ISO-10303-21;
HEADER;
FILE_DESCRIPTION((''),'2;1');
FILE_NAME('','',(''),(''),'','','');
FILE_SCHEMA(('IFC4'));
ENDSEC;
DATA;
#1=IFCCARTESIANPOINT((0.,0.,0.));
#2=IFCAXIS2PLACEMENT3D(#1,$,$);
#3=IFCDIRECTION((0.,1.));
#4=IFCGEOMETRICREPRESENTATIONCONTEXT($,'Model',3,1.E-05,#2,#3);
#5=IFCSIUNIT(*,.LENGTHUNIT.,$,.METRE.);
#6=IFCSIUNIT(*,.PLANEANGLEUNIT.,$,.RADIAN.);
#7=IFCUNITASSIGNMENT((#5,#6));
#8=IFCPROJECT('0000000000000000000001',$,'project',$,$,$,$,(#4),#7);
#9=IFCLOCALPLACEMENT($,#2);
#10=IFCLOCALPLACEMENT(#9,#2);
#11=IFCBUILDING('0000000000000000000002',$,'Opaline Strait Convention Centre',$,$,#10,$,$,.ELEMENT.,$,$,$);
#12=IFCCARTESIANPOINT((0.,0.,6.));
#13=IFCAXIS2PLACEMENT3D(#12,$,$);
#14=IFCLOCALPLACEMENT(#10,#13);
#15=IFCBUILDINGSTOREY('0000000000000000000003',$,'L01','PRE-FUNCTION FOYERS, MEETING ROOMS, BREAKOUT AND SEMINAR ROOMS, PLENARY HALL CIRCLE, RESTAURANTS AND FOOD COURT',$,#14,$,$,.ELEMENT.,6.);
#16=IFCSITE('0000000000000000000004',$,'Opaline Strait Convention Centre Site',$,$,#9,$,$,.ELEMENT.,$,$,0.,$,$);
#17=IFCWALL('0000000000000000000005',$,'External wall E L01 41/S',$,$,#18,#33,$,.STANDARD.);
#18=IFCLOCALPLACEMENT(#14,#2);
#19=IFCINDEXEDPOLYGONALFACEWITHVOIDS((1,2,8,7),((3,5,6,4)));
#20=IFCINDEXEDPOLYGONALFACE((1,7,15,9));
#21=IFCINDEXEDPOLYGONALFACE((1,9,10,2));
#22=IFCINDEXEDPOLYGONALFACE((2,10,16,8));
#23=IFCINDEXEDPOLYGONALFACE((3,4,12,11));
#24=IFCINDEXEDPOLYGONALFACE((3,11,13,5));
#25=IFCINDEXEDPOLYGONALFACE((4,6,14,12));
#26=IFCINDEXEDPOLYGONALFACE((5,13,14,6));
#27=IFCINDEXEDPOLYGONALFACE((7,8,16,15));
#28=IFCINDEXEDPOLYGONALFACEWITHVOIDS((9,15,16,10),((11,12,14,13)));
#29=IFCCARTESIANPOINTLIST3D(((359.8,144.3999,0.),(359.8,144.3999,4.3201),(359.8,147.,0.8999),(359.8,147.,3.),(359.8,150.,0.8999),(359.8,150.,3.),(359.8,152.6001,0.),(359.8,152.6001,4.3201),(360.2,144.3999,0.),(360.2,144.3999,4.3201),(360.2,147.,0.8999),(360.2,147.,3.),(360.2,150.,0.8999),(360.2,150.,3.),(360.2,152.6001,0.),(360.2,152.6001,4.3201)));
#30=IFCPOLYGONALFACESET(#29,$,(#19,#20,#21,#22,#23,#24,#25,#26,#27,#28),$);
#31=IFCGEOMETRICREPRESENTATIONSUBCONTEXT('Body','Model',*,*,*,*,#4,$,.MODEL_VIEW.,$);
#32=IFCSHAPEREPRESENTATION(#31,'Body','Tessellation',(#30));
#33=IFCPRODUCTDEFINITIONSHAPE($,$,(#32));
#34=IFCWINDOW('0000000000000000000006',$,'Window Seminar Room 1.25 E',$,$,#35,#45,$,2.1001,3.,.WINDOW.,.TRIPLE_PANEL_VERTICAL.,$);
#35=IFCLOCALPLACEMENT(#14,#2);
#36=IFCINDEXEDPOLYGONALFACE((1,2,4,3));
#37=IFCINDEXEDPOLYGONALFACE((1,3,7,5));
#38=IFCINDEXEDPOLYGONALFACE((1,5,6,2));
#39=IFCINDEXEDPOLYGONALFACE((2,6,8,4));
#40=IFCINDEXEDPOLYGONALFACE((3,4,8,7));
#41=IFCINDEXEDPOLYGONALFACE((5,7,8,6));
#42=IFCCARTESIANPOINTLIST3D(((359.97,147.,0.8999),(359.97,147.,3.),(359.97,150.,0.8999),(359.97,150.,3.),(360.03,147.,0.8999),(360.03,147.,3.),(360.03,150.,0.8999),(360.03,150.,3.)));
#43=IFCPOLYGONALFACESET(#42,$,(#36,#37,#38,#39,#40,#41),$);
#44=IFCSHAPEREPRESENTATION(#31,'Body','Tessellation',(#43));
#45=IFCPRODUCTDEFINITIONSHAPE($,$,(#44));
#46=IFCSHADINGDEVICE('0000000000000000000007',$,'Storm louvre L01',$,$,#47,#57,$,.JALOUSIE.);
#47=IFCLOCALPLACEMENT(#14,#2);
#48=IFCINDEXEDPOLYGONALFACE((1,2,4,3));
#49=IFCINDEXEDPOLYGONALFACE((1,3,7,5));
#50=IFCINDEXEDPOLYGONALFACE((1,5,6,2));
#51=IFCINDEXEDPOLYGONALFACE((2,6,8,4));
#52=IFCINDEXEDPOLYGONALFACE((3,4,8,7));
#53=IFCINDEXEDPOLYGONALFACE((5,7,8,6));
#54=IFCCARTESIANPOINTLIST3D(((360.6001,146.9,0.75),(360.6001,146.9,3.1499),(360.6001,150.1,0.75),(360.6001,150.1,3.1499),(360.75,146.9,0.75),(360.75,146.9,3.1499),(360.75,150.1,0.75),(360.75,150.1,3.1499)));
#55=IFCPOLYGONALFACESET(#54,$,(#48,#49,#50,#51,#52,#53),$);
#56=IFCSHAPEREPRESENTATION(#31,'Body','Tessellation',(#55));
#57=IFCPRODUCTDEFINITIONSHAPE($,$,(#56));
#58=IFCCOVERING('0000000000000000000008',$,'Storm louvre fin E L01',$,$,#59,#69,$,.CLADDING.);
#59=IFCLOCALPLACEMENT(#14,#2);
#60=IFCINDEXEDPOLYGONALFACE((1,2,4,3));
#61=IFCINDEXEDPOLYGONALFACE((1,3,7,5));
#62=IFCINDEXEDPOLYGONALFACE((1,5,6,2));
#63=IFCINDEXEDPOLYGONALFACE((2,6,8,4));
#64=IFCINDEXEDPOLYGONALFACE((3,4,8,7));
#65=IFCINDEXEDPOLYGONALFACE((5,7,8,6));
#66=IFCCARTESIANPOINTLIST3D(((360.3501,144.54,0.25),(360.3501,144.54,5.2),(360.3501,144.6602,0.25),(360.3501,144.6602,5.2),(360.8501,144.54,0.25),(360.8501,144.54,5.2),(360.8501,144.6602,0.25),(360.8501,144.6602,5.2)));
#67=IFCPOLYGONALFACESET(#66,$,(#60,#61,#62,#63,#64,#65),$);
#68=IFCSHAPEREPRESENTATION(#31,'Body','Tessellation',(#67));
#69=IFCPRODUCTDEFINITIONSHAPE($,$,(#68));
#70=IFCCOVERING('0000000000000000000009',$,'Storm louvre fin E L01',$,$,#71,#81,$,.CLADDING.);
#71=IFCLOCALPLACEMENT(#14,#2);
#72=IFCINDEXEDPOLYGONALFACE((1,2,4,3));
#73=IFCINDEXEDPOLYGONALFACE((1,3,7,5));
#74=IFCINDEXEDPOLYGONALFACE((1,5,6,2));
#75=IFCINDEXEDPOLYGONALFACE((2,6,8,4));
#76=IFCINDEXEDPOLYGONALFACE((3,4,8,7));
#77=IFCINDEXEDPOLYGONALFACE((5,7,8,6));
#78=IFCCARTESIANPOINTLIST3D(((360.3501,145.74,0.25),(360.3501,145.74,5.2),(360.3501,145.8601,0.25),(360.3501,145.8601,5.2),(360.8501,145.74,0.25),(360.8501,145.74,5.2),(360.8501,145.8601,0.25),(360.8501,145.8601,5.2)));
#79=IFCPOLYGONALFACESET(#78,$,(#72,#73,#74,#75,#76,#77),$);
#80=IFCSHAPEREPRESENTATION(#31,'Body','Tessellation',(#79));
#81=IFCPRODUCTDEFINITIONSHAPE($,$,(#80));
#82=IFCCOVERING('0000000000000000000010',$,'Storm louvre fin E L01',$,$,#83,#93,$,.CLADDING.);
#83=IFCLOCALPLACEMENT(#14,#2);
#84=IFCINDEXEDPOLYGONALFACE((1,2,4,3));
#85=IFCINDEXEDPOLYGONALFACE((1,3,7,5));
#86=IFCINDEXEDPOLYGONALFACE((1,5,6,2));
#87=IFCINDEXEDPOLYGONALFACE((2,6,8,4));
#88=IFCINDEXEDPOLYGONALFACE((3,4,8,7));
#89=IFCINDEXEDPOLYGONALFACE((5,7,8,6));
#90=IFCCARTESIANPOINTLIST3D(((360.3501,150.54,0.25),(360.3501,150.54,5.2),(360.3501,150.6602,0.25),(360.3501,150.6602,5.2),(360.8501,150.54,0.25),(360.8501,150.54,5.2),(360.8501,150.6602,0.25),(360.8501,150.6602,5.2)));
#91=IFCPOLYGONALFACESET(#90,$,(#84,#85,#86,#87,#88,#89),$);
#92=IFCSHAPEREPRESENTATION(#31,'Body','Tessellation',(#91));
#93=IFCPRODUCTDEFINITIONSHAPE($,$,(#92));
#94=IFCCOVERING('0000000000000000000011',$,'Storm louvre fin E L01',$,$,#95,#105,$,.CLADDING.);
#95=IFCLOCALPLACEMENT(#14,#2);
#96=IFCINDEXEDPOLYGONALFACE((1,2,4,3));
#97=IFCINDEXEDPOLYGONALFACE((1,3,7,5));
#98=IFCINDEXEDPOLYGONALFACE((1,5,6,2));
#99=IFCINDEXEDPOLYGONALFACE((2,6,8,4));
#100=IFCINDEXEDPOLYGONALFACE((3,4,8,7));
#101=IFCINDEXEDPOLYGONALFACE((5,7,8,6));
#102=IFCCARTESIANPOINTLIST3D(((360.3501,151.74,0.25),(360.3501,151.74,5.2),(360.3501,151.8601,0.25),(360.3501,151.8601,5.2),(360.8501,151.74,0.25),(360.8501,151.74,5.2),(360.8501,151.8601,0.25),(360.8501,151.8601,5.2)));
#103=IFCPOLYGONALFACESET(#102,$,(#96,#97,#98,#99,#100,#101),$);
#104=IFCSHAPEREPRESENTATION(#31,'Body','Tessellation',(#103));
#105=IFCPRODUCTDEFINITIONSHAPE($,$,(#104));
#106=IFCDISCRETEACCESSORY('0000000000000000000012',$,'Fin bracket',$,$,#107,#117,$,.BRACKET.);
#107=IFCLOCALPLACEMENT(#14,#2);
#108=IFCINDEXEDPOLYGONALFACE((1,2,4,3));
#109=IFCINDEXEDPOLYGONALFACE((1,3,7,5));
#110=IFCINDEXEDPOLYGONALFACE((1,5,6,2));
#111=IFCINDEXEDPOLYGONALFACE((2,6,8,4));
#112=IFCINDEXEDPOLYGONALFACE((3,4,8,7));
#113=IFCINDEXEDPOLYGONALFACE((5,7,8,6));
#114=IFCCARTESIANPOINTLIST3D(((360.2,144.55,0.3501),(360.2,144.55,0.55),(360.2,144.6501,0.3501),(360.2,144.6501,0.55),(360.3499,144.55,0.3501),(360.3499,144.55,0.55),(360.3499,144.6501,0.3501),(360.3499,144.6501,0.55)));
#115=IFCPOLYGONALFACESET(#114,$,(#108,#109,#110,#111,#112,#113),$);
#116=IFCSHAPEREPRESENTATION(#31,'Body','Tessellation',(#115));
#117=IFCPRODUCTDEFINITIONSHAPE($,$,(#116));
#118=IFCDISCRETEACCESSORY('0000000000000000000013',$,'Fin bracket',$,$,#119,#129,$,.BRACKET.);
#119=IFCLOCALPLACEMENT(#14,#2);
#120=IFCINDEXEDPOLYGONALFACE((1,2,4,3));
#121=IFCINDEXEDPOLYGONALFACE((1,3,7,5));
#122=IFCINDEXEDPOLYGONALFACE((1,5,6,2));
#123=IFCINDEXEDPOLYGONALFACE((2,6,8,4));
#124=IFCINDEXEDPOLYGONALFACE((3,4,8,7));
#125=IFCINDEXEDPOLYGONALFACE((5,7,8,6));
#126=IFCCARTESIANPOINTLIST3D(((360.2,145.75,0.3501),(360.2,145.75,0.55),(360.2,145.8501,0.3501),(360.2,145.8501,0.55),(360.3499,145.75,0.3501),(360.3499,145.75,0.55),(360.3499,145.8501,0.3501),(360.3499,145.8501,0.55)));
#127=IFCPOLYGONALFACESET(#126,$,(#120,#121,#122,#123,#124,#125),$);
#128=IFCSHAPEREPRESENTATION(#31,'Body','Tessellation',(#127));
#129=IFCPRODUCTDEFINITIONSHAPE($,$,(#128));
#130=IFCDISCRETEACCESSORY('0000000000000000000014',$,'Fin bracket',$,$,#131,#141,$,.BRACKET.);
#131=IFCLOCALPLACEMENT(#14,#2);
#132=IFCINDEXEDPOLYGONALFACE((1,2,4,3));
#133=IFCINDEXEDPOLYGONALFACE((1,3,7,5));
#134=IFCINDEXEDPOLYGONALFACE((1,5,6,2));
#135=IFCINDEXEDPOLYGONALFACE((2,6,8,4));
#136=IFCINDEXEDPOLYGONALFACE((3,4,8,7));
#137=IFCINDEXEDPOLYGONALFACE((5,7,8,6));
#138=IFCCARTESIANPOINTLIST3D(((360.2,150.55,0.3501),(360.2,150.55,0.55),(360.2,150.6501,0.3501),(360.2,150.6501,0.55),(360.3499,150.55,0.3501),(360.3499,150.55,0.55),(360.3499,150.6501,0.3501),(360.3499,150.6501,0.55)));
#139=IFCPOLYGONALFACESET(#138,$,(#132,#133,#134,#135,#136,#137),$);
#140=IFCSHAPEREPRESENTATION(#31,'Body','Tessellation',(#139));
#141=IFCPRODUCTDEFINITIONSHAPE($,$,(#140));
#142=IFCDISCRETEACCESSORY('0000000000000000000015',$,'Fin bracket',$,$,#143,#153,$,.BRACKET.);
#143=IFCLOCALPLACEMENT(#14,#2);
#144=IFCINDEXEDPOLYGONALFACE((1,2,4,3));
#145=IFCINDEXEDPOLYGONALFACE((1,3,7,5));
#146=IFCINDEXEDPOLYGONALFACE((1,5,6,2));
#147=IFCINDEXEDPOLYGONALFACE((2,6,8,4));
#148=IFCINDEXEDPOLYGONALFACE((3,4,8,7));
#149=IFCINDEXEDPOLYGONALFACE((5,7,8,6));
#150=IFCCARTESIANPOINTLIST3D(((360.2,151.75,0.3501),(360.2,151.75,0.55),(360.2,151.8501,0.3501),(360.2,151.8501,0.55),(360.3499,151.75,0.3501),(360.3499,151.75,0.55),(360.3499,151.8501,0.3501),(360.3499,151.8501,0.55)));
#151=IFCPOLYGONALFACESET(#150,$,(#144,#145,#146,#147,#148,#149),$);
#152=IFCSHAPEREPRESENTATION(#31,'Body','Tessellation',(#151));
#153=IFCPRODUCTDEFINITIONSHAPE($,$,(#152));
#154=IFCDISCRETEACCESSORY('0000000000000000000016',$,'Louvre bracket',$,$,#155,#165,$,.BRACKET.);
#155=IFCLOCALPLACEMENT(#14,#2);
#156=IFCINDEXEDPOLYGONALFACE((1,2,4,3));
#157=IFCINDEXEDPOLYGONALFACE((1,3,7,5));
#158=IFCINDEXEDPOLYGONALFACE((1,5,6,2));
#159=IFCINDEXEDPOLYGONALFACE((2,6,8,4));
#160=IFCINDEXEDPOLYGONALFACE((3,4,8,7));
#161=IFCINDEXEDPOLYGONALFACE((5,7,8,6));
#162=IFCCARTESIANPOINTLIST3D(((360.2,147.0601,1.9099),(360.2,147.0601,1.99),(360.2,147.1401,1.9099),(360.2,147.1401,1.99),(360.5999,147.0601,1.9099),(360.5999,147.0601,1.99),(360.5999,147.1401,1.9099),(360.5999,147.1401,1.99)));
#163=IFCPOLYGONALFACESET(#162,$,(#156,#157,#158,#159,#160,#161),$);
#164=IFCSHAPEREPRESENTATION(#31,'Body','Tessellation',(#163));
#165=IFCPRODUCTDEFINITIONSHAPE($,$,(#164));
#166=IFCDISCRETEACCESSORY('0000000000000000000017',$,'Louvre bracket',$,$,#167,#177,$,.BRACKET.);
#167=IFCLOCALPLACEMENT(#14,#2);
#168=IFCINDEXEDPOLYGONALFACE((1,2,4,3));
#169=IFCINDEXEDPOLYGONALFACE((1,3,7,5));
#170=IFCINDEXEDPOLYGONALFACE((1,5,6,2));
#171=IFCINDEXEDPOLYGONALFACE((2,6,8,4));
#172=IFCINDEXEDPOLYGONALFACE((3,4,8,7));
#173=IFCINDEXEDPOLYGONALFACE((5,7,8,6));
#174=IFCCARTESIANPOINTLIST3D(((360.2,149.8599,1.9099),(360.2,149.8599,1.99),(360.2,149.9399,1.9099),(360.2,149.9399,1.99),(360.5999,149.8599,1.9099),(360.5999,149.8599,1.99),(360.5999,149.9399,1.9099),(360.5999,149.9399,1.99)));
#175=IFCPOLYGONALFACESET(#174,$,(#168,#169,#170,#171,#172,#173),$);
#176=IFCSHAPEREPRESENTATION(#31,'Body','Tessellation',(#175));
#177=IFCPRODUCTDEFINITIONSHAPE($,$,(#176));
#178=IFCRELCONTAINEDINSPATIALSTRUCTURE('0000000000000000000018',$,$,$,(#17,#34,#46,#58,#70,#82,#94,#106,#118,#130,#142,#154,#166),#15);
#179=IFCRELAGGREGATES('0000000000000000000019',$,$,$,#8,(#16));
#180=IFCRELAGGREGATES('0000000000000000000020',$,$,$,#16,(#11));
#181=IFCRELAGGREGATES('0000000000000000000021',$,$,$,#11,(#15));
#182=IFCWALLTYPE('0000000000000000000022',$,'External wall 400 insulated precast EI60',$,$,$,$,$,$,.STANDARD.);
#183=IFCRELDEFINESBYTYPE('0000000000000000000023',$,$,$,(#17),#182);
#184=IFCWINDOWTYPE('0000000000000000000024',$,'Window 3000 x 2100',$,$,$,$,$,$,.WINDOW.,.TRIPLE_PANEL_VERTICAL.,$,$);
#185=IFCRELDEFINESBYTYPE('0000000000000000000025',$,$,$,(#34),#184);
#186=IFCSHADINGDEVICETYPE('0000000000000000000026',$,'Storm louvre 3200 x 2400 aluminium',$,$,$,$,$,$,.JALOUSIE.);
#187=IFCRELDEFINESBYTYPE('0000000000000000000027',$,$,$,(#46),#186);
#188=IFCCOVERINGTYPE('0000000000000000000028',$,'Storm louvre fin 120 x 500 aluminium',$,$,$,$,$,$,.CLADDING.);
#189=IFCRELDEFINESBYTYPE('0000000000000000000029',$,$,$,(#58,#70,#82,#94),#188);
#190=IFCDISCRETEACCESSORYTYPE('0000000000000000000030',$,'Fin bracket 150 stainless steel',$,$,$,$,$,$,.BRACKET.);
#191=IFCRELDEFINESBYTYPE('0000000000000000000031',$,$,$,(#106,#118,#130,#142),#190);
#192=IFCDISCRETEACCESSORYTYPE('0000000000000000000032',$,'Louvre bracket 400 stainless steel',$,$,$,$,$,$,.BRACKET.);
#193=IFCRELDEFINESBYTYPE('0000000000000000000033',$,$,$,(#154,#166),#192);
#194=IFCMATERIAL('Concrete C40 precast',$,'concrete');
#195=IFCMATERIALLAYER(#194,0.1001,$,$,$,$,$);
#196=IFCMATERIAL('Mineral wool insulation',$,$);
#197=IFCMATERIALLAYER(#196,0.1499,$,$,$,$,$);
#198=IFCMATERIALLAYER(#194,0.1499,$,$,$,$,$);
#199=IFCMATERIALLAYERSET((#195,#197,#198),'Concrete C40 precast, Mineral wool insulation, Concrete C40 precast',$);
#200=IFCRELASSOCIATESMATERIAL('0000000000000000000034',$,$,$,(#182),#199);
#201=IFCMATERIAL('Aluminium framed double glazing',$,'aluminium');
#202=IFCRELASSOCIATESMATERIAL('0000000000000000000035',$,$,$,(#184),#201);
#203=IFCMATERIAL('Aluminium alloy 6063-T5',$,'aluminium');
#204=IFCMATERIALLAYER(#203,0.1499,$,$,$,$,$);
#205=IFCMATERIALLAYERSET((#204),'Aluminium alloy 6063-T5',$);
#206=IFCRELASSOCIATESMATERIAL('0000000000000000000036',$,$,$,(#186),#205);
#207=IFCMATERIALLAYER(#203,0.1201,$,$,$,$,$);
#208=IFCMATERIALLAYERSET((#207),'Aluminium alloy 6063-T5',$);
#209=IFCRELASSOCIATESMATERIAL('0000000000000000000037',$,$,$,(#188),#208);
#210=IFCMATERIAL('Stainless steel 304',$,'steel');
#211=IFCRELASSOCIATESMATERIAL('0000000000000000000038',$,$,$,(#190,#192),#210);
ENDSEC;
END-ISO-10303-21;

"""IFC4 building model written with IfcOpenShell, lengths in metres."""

from ifc_helpers import new_model, si_unit, direction, frame, frame_2d, origin, origin_2d, place, context, subcontext, project, spatial, rectangle, extrude, material, layer, layer_set, type_object, element, fill, save


model = new_model("IFC4")

# Units and contexts
model_context = context("Model", 3, precision=1e-05, world=origin(), true_north=direction((0.0, 1.0)))
body_context = subcontext(model_context, "Body", "Model", "MODEL_VIEW")
ifc_project = project(units=[si_unit("LENGTHUNIT", "METRE"), si_unit("PLANEANGLEUNIT", "RADIAN")], contexts=[model_context])

# Site, building, storey
site_placement = place(None, origin())
site = spatial("IfcSite", under=ifc_project, at=site_placement, Name="Opaline Strait Convention Centre Site", CompositionType="ELEMENT", RefElevation=0.0)
building_placement = place(site_placement, origin())
building = spatial("IfcBuilding", under=site, at=building_placement, Name="Opaline Strait Convention Centre", CompositionType="ELEMENT")
storey_placement = place(building_placement, frame((0.0, 0.0, 6.0)))
storey = spatial("IfcBuildingStorey", under=building, at=storey_placement, Name="L01", Description="PRE-FUNCTION FOYERS, MEETING ROOMS, BREAKOUT AND SEMINAR ROOMS, PLENARY HALL CIRCLE, RESTAURANTS AND FOOD COURT", CompositionType="ELEMENT", Elevation=6.0)

# Wall, opening, window
ifc_material_1 = material(Name="Concrete C40 precast", Category="concrete")
ifc_layer_1 = layer(ifc_material_1, 0.1001)
ifc_material_2 = material(Name="Mineral wool insulation")
ifc_layer_2 = layer(ifc_material_2, 0.1499)
ifc_layer_3 = layer(ifc_material_1, 0.1499)
ifc_layer_set_1 = layer_set([ifc_layer_1, ifc_layer_2, ifc_layer_3], Name="Concrete C40 precast, Mineral wool insulation, Concrete C40 precast")
wall_type_1 = type_object("IfcWallType", Name="External wall 400 insulated precast EI60", PredefinedType="STANDARD", material=ifc_layer_set_1)
wall_1_placement = place(storey_placement, frame((360.0, 144.3999, 0.0), z_axis=(0.0, 0.0, 1.0), x_axis=(0.0, 1.0, 0.0)))
wall_1 = element("IfcWall", 1, at=wall_1_placement, inside=storey, type_object=wall_type_1, Name="External wall E L01 41/S", PredefinedType="STANDARD", context=body_context, shape_type="SweptSolid", body=[
    extrude(rectangle(XDim=8.2002, YDim=0.3999, at=frame_2d((4.1001, 0.0))), origin(), (0.0, 0.0, 1.0), 4.3201),
])
opening_1_placement = place(wall_1_placement, frame((2.6001, 0.0, 0.8999)))
opening_1 = element("IfcOpeningElement", 2, at=opening_1_placement, cuts=wall_1, PredefinedType="OPENING", context=body_context, shape_type="SweptSolid", body=[
    extrude(rectangle(XDim=3.0, YDim=2.1001, at=frame_2d((1.5, 1.05))), frame((0.0, 0.21, 0.0), z_axis=(0.0, -1.0, 0.0), x_axis=(1.0, 0.0, 0.0)), (0.0, 0.0, 1.0), 0.4199),
])
ifc_material_3 = material(Name="Aluminium framed double glazing", Category="aluminium")
window_type = type_object("IfcWindowType", Name="Window 3000 x 2100", PartitioningType="TRIPLE_PANEL_VERTICAL", PredefinedType="WINDOW", material=ifc_material_3)
window_placement = place(opening_1_placement, origin())
window = element("IfcWindow", 3, at=window_placement, inside=storey, type_object=window_type, Name="Window Seminar Room 1.25 E", OverallHeight=2.1001, OverallWidth=3.0, PartitioningType="TRIPLE_PANEL_VERTICAL", PredefinedType="WINDOW", context=body_context, shape_type="SweptSolid", body=[
    extrude(rectangle(XDim=3.0, YDim=2.1001, at=frame_2d((1.5, 1.05))), frame((0.0, 0.03, 0.0), z_axis=(0.0, -1.0, 0.0), x_axis=(1.0, 0.0, 0.0)), (0.0, 0.0, 1.0), 0.0601),
])
fill(opening_1, window)

# Shading device
ifc_material_4 = material(Name="Aluminium alloy 6063-T5", Category="aluminium")
ifc_layer_4 = layer(ifc_material_4, 0.1499)
ifc_layer_set_2 = layer_set([ifc_layer_4], Name="Aluminium alloy 6063-T5")
shading_device_type = type_object("IfcShadingDeviceType", Name="Storm louvre 3200 x 2400 aluminium", PredefinedType="JALOUSIE", material=ifc_layer_set_2)
shading_device_placement = place(storey_placement, frame((360.675, 148.5, 0.75), z_axis=(0.0, 0.0, 1.0), x_axis=(1.0, 0.0, 0.0)))
element("IfcShadingDevice", 4, at=shading_device_placement, inside=storey, type_object=shading_device_type, Name="Storm louvre L01", PredefinedType="JALOUSIE", context=body_context, shape_type="SweptSolid", body=[
    extrude(rectangle(XDim=0.1499, YDim=3.2, at=origin_2d()), origin(), (0.0, 0.0, 1.0), 2.3999),
])

# Coverings
ifc_layer_5 = layer(ifc_material_4, 0.1201)
ifc_layer_set_3 = layer_set([ifc_layer_5], Name="Aluminium alloy 6063-T5")
covering_type = type_object("IfcCoveringType", Name="Storm louvre fin 120 x 500 aluminium", PredefinedType="CLADDING", material=ifc_layer_set_3)
for number, where, z_axis, x_axis, name in (
    (5, (360.6001, 144.6001, 0.25), (0.0, 0.0, 1.0), (1.0, 0.0, 0.0), "Storm louvre fin E L01"),
    (6, (360.6001, 145.8, 0.25), (0.0, 0.0, 1.0), (1.0, 0.0, 0.0), "Storm louvre fin E L01"),
    (7, (360.6001, 150.6001, 0.25), (0.0, 0.0, 1.0), (1.0, 0.0, 0.0), "Storm louvre fin E L01"),
    (8, (360.6001, 151.8, 0.25), (0.0, 0.0, 1.0), (1.0, 0.0, 0.0), "Storm louvre fin E L01"),
):
    element("IfcCovering", number, at=place(storey_placement, frame(where, z_axis=z_axis, x_axis=x_axis)), inside=storey, type_object=covering_type, Name=name, PredefinedType="CLADDING", context=body_context, shape_type="SweptSolid", body=[
        extrude(rectangle(XDim=0.5, YDim=0.1201, at=origin_2d()), origin(), (0.0, 0.0, 1.0), 4.95),
    ])

# Discrete accessories
ifc_material_5 = material(Name="Stainless steel 304", Category="steel")
discrete_accessory_type_1 = type_object("IfcDiscreteAccessoryType", Name="Fin bracket 150 stainless steel", PredefinedType="BRACKET", material=ifc_material_5)
for number, where, z_axis, x_axis, name in (
    (9, (360.2749, 144.6001, 0.3501), (0.0, 0.0, 1.0), (1.0, 0.0, 0.0), "Fin bracket"),
    (10, (360.2749, 145.8, 0.3501), (0.0, 0.0, 1.0), (1.0, 0.0, 0.0), "Fin bracket"),
    (11, (360.2749, 150.6001, 0.3501), (0.0, 0.0, 1.0), (1.0, 0.0, 0.0), "Fin bracket"),
    (12, (360.2749, 151.8, 0.3501), (0.0, 0.0, 1.0), (1.0, 0.0, 0.0), "Fin bracket"),
):
    element("IfcDiscreteAccessory", number, at=place(storey_placement, frame(where, z_axis=z_axis, x_axis=x_axis)), inside=storey, type_object=discrete_accessory_type_1, Name=name, PredefinedType="BRACKET", context=body_context, shape_type="SweptSolid", body=[
        extrude(rectangle(XDim=0.1499, YDim=0.1001, at=origin_2d()), origin(), (0.0, 0.0, 1.0), 0.2),
    ])
discrete_accessory_type_2 = type_object("IfcDiscreteAccessoryType", Name="Louvre bracket 400 stainless steel", PredefinedType="BRACKET", material=ifc_material_5)
for number, where, z_axis, x_axis, name in (
    (13, (360.3999, 147.1001, 1.9099), (0.0, 0.0, 1.0), (1.0, 0.0, 0.0), "Louvre bracket"),
    (14, (360.3999, 149.8999, 1.9099), (0.0, 0.0, 1.0), (1.0, 0.0, 0.0), "Louvre bracket"),
):
    element("IfcDiscreteAccessory", number, at=place(storey_placement, frame(where, z_axis=z_axis, x_axis=x_axis)), inside=storey, type_object=discrete_accessory_type_2, Name=name, PredefinedType="BRACKET", context=body_context, shape_type="SweptSolid", body=[
        extrude(rectangle(XDim=0.3999, YDim=0.0801, at=origin_2d()), origin(), (0.0, 0.0, 1.0), 0.0801),
    ])

save(model, "model.ifc")
